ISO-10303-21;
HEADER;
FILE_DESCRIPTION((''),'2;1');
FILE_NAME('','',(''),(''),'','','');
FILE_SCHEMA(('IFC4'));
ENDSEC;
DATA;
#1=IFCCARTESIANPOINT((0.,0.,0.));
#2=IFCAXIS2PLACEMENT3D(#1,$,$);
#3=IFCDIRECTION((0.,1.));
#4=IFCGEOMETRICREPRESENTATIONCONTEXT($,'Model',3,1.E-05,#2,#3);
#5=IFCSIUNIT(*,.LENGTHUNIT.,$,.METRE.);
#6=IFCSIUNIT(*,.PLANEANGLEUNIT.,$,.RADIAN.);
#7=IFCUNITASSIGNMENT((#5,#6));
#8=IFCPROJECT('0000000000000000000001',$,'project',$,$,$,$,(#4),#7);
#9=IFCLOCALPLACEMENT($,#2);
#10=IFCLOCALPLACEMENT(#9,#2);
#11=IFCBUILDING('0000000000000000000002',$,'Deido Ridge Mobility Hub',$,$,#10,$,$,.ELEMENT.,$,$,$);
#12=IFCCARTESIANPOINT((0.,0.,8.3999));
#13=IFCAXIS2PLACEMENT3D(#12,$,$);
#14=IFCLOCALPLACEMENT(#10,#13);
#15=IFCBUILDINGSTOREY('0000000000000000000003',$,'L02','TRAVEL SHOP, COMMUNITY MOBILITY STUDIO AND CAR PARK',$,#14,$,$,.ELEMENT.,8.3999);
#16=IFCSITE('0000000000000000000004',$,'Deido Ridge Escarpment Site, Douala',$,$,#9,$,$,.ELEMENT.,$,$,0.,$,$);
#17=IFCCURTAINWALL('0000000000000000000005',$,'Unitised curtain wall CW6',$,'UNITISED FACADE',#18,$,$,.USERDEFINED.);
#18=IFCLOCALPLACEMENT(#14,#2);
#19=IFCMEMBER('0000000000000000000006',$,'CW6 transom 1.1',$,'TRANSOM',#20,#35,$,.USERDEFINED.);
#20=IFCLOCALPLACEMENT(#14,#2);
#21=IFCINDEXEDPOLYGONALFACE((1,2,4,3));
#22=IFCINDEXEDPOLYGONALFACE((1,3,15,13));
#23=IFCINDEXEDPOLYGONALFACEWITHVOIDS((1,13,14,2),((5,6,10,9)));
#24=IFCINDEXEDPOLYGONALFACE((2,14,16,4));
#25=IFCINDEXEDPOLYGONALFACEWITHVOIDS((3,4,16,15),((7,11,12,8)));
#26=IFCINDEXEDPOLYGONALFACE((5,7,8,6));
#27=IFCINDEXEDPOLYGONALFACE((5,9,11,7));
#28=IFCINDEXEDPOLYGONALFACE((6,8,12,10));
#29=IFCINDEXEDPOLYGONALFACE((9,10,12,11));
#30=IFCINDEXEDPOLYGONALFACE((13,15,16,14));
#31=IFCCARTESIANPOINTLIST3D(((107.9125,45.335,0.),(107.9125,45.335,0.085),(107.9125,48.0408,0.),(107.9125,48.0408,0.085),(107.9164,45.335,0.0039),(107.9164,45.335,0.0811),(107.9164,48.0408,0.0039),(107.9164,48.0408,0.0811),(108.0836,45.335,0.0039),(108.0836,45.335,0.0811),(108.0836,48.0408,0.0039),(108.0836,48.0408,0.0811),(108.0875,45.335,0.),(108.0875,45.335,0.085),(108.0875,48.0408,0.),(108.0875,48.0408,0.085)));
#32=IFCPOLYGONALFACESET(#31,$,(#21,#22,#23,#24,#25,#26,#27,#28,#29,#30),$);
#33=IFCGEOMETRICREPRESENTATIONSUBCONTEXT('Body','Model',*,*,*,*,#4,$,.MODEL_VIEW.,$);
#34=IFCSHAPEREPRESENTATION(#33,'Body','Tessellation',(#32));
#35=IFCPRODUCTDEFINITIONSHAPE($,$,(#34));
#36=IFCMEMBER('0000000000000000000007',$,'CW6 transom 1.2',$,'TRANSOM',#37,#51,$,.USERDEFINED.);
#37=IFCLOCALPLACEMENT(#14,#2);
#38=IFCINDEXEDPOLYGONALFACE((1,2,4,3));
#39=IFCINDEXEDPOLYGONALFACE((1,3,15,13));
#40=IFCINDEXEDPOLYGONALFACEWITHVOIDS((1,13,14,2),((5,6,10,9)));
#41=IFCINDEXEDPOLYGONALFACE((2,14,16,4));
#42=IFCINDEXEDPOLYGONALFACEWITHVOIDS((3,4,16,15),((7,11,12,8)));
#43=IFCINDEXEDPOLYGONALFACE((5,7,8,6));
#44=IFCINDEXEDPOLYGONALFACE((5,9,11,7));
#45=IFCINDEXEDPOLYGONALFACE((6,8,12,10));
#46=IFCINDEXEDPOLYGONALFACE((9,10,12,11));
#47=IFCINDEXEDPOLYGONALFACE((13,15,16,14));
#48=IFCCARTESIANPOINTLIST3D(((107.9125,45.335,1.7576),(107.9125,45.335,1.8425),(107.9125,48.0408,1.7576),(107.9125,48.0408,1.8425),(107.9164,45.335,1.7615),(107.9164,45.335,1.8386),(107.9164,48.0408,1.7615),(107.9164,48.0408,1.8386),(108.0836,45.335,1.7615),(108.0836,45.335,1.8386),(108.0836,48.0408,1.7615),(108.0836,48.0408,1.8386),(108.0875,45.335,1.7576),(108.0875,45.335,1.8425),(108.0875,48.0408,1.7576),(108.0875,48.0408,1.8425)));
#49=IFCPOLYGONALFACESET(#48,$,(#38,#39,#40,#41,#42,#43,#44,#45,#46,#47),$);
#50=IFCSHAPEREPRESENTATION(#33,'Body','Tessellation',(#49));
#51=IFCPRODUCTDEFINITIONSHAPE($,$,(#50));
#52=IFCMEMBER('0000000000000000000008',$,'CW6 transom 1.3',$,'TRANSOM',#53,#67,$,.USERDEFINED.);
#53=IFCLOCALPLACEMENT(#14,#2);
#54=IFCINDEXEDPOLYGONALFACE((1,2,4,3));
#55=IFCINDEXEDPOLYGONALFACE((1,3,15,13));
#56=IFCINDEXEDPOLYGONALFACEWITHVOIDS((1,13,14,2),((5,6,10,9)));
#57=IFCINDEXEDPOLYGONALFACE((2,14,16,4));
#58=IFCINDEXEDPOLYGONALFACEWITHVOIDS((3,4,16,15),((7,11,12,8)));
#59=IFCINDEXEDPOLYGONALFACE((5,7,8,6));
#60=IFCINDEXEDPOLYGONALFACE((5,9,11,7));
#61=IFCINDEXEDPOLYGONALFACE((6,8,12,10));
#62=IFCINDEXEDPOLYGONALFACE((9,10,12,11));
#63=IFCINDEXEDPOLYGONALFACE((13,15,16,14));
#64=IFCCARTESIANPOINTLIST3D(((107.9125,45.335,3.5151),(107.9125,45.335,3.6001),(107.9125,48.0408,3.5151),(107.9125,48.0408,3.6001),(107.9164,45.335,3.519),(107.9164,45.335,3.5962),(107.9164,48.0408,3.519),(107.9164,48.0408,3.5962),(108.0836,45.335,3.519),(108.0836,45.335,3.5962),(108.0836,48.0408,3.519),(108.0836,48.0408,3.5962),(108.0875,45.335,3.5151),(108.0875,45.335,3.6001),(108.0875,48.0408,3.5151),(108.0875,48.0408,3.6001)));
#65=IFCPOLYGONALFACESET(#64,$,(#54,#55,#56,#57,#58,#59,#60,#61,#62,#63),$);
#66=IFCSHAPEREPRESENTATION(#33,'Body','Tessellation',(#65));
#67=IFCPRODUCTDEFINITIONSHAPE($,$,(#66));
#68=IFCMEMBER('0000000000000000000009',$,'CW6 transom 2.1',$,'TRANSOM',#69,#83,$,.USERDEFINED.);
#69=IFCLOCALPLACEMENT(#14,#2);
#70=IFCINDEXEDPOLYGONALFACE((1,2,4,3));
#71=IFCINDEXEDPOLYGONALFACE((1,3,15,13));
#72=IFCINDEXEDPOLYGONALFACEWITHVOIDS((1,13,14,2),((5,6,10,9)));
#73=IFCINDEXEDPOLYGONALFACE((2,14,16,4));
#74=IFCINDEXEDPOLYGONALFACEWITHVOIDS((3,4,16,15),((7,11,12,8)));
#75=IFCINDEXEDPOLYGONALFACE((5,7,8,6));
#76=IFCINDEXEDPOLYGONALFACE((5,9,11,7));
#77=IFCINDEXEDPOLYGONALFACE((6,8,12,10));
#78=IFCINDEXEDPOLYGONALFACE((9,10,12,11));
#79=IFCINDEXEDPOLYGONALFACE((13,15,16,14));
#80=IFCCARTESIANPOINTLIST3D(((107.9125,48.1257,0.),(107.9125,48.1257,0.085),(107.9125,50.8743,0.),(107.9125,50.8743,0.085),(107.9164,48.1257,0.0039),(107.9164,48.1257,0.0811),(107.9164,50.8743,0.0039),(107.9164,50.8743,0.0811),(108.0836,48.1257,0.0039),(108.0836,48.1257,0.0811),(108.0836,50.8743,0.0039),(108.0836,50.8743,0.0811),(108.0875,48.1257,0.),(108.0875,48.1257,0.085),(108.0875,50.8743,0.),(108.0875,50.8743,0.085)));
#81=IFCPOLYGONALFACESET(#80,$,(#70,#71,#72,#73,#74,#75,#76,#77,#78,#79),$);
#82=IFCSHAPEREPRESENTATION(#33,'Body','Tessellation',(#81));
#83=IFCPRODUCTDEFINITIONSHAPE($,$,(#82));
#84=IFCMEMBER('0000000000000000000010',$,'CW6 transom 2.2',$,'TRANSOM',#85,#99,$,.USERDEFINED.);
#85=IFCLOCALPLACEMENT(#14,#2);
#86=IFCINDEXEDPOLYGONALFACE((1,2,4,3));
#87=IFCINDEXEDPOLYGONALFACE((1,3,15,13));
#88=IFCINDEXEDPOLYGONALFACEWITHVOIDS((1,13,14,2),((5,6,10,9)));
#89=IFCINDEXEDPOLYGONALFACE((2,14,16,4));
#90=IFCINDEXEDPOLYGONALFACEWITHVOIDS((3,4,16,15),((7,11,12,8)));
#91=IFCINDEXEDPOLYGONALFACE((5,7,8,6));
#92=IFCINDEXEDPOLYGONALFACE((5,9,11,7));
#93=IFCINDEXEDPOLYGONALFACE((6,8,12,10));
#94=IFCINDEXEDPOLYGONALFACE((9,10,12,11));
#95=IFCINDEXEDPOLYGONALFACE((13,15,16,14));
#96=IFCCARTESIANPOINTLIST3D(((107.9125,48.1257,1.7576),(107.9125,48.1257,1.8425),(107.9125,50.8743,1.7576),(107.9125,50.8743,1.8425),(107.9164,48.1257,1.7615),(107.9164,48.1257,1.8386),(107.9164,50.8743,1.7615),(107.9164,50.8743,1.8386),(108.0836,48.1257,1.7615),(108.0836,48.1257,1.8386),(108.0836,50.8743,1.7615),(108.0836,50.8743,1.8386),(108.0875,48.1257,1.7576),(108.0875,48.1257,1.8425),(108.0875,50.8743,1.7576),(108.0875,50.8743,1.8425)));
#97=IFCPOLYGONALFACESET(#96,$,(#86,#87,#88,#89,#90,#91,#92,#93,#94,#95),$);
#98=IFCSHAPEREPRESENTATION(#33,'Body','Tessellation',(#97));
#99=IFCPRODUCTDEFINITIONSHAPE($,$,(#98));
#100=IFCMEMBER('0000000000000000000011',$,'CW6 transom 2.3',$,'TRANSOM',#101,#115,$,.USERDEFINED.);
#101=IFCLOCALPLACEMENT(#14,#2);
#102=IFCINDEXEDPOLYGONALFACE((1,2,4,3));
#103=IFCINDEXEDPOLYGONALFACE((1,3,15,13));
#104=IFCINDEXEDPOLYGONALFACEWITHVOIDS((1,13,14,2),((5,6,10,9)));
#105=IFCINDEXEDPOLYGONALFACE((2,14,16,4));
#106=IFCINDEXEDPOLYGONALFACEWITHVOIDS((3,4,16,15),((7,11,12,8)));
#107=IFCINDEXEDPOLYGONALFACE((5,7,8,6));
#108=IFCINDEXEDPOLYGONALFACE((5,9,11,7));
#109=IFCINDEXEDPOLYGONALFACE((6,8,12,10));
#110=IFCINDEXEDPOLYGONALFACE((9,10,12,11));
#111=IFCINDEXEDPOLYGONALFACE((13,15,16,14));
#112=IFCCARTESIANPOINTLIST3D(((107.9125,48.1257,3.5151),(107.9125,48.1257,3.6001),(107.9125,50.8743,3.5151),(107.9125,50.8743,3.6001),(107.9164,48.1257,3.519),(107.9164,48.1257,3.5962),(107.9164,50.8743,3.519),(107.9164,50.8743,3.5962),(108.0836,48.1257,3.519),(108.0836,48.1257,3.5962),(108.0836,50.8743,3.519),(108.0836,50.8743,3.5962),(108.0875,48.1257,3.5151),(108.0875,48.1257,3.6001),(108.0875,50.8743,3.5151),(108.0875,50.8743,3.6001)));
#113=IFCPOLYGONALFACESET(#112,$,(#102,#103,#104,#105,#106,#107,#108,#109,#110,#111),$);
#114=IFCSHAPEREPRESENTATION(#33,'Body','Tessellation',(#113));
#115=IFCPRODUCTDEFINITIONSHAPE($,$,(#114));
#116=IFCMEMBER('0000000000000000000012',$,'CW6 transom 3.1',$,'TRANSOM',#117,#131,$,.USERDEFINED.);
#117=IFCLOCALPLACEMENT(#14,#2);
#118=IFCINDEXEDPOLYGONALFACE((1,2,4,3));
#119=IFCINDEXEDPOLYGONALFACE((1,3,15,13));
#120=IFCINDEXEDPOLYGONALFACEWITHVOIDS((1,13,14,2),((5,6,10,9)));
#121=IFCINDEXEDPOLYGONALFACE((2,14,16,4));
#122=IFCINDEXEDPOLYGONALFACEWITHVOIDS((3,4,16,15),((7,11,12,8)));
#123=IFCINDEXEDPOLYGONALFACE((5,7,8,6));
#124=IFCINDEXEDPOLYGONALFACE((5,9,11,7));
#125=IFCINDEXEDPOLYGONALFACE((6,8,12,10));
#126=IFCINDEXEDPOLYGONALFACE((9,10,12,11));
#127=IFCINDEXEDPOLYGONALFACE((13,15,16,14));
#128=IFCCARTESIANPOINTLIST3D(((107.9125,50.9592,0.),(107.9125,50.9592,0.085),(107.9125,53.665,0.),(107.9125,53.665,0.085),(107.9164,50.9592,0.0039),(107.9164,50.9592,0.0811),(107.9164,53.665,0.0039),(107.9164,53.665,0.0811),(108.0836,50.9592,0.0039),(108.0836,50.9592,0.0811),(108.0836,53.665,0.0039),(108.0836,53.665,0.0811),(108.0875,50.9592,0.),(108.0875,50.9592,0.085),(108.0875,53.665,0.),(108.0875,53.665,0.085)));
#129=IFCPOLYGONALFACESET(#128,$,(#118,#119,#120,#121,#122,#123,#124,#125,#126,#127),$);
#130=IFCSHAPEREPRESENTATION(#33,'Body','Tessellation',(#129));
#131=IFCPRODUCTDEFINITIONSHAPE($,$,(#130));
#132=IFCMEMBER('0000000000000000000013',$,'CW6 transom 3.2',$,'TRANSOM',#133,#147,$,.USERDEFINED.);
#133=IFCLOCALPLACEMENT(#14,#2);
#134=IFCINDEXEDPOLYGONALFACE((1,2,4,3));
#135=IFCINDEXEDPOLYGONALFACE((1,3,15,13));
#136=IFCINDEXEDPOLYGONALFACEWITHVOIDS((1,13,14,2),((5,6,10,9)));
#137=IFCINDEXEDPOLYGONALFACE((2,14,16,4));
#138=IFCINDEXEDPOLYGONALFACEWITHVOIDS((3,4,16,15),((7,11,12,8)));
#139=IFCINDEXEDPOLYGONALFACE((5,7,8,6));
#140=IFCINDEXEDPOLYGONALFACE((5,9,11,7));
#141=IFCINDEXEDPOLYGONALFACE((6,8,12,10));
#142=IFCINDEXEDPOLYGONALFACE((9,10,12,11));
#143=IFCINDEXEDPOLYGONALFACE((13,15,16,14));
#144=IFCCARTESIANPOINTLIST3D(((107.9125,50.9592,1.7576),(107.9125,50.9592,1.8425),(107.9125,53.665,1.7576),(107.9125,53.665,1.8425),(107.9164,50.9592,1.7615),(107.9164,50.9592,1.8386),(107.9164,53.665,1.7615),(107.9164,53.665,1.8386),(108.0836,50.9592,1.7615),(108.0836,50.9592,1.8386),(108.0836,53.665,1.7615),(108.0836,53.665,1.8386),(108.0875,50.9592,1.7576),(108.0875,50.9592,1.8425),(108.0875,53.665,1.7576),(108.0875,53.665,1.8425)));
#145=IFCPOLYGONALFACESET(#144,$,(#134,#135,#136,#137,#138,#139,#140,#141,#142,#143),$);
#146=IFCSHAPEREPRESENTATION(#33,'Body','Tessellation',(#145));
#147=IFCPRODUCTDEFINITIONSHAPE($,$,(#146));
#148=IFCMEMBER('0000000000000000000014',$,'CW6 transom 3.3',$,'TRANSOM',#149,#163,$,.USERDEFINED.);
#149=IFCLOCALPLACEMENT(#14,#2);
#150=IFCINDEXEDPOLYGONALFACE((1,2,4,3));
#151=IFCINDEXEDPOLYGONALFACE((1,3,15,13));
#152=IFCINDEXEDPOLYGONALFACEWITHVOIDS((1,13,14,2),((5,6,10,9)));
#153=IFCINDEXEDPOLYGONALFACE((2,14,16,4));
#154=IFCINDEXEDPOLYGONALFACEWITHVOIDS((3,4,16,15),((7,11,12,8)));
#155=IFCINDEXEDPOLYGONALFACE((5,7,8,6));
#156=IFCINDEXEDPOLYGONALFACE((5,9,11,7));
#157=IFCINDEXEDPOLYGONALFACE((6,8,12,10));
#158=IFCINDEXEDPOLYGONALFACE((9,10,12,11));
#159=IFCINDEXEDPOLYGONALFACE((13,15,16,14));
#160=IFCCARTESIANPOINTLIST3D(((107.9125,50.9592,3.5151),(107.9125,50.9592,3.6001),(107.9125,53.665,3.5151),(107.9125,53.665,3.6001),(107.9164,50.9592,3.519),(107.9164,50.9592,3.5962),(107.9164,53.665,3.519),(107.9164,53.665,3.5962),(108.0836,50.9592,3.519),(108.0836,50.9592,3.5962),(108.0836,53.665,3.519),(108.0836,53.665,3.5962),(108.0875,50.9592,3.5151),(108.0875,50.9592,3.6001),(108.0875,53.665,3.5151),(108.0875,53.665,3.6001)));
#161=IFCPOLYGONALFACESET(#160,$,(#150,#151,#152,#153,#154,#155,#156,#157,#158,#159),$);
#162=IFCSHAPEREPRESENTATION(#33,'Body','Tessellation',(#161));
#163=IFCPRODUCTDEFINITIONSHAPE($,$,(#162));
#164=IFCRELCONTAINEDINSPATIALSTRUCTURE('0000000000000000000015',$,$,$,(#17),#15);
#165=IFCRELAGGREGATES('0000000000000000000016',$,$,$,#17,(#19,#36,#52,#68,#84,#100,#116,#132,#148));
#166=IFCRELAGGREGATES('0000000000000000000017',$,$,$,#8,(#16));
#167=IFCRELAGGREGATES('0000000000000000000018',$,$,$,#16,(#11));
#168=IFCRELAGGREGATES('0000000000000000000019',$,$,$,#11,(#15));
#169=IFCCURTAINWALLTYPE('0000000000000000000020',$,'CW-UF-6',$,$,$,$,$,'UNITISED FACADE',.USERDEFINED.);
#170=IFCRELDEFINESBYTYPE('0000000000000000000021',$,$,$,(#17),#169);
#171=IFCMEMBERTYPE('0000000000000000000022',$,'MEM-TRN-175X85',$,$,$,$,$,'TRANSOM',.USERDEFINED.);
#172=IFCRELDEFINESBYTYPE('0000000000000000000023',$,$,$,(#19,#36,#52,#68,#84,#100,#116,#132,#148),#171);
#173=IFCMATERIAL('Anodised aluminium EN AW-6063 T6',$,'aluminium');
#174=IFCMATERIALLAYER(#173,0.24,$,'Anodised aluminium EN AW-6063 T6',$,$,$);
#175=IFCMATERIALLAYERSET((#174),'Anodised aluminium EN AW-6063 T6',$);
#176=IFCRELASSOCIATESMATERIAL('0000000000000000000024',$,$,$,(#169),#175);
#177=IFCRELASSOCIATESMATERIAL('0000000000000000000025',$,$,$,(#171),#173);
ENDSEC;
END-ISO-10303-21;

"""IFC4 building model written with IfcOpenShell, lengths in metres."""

from ifc_helpers import new_model, si_unit, direction, frame, origin, origin_2d, place, context, subcontext, project, spatial, hollow_rectangle, extrude, material, layer, layer_set, material_profile, profile_set, type_object, element, aggregate, save


model = new_model("IFC4")

# Units and contexts
model_context = context("Model", 3, precision=1e-05, world=origin(), true_north=direction((0.0, 1.0)))
body_context = subcontext(model_context, "Body", "Model", "MODEL_VIEW")
ifc_project = project(units=[si_unit("LENGTHUNIT", "METRE"), si_unit("PLANEANGLEUNIT", "RADIAN")], contexts=[model_context])

# Site, building, storey
site_placement = place(None, origin())
site = spatial("IfcSite", under=ifc_project, at=site_placement, Name="Deido Ridge Escarpment Site, Douala", CompositionType="ELEMENT", RefElevation=0.0)
building_placement = place(site_placement, origin())
building = spatial("IfcBuilding", under=site, at=building_placement, Name="Deido Ridge Mobility Hub", CompositionType="ELEMENT")
storey_placement = place(building_placement, frame((0.0, 0.0, 8.3999)))
storey = spatial("IfcBuildingStorey", under=building, at=storey_placement, Name="L02", Description="TRAVEL SHOP, COMMUNITY MOBILITY STUDIO AND CAR PARK", CompositionType="ELEMENT", Elevation=8.3999)

# Curtain wall
ifc_material_1 = material(Name="Anodised aluminium EN AW-6063 T6", Category="aluminium")
ifc_layer_1 = layer(ifc_material_1, 0.24, Name="Anodised aluminium EN AW-6063 T6")
ifc_layer_set_1 = layer_set([ifc_layer_1], Name="Anodised aluminium EN AW-6063 T6")
curtain_wall_type_1 = type_object("IfcCurtainWallType", Name="CW-UF-6", ElementType="UNITISED FACADE", PredefinedType="USERDEFINED", material=ifc_layer_set_1)
curtain_wall_1_placement = place(storey_placement, origin())
curtain_wall_1 = element("IfcCurtainWall", 1, at=curtain_wall_1_placement, inside=storey, type_object=curtain_wall_type_1, Name="Unitised curtain wall CW6", ObjectType="UNITISED FACADE", PredefinedType="USERDEFINED")

# Members
ifc_material_profile_1 = material_profile(ifc_material_1, hollow_rectangle(XDim=0.175, YDim=0.085, WallThickness=0.0039, at=origin_2d()), Name="RHS 175x85x4")
ifc_profile_set_1 = profile_set([ifc_material_profile_1], Name="Anodised aluminium EN AW-6063 T6")
member_type_1 = type_object("IfcMemberType", Name="MEM-TRN-175X85", ElementType="TRANSOM", PredefinedType="USERDEFINED", material=ifc_profile_set_1)
member_1_placement = place(storey_placement, frame((108.0, 45.335, 0.0425), z_axis=(0.0, 1.0, 0.0), x_axis=(-1.0, 0.0, 0.0)))
member_1 = element("IfcMember", 2, at=member_1_placement, type_object=member_type_1, Name="CW6 transom 1.1", ObjectType="TRANSOM", PredefinedType="USERDEFINED", context=body_context, shape_type="SweptSolid", body=[
    extrude(hollow_rectangle(XDim=0.175, YDim=0.085, WallThickness=0.0039, at=origin_2d()), origin(), (0.0, 0.0, 1.0), 2.7058),
])
member_2_placement = place(storey_placement, frame((108.0, 45.335, 1.8), z_axis=(0.0, 1.0, 0.0), x_axis=(-1.0, 0.0, 0.0)))
member_2 = element("IfcMember", 3, at=member_2_placement, type_object=member_type_1, Name="CW6 transom 1.2", ObjectType="TRANSOM", PredefinedType="USERDEFINED", context=body_context, shape_type="SweptSolid", body=[
    extrude(hollow_rectangle(XDim=0.175, YDim=0.085, WallThickness=0.0039, at=origin_2d()), origin(), (0.0, 0.0, 1.0), 2.7058),
])
member_3_placement = place(storey_placement, frame((108.0, 45.335, 3.5576), z_axis=(0.0, 1.0, 0.0), x_axis=(-1.0, 0.0, 0.0)))
member_3 = element("IfcMember", 4, at=member_3_placement, type_object=member_type_1, Name="CW6 transom 1.3", ObjectType="TRANSOM", PredefinedType="USERDEFINED", context=body_context, shape_type="SweptSolid", body=[
    extrude(hollow_rectangle(XDim=0.175, YDim=0.085, WallThickness=0.0039, at=origin_2d()), origin(), (0.0, 0.0, 1.0), 2.7058),
])
member_4_placement = place(storey_placement, frame((108.0, 48.1257, 0.0425), z_axis=(0.0, 1.0, 0.0), x_axis=(-1.0, 0.0, 0.0)))
member_4 = element("IfcMember", 5, at=member_4_placement, type_object=member_type_1, Name="CW6 transom 2.1", ObjectType="TRANSOM", PredefinedType="USERDEFINED", context=body_context, shape_type="SweptSolid", body=[
    extrude(hollow_rectangle(XDim=0.175, YDim=0.085, WallThickness=0.0039, at=origin_2d()), origin(), (0.0, 0.0, 1.0), 2.7485),
])
member_5_placement = place(storey_placement, frame((108.0, 48.1257, 1.8), z_axis=(0.0, 1.0, 0.0), x_axis=(-1.0, 0.0, 0.0)))
member_5 = element("IfcMember", 6, at=member_5_placement, type_object=member_type_1, Name="CW6 transom 2.2", ObjectType="TRANSOM", PredefinedType="USERDEFINED", context=body_context, shape_type="SweptSolid", body=[
    extrude(hollow_rectangle(XDim=0.175, YDim=0.085, WallThickness=0.0039, at=origin_2d()), origin(), (0.0, 0.0, 1.0), 2.7485),
])
member_6_placement = place(storey_placement, frame((108.0, 48.1257, 3.5576), z_axis=(0.0, 1.0, 0.0), x_axis=(-1.0, 0.0, 0.0)))
member_6 = element("IfcMember", 7, at=member_6_placement, type_object=member_type_1, Name="CW6 transom 2.3", ObjectType="TRANSOM", PredefinedType="USERDEFINED", context=body_context, shape_type="SweptSolid", body=[
    extrude(hollow_rectangle(XDim=0.175, YDim=0.085, WallThickness=0.0039, at=origin_2d()), origin(), (0.0, 0.0, 1.0), 2.7485),
])
member_7_placement = place(storey_placement, frame((108.0, 50.9592, 0.0425), z_axis=(0.0, 1.0, 0.0), x_axis=(-1.0, 0.0, 0.0)))
member_7 = element("IfcMember", 8, at=member_7_placement, type_object=member_type_1, Name="CW6 transom 3.1", ObjectType="TRANSOM", PredefinedType="USERDEFINED", context=body_context, shape_type="SweptSolid", body=[
    extrude(hollow_rectangle(XDim=0.175, YDim=0.085, WallThickness=0.0039, at=origin_2d()), origin(), (0.0, 0.0, 1.0), 2.7058),
])
member_8_placement = place(storey_placement, frame((108.0, 50.9592, 1.8), z_axis=(0.0, 1.0, 0.0), x_axis=(-1.0, 0.0, 0.0)))
member_8 = element("IfcMember", 9, at=member_8_placement, type_object=member_type_1, Name="CW6 transom 3.2", ObjectType="TRANSOM", PredefinedType="USERDEFINED", context=body_context, shape_type="SweptSolid", body=[
    extrude(hollow_rectangle(XDim=0.175, YDim=0.085, WallThickness=0.0039, at=origin_2d()), origin(), (0.0, 0.0, 1.0), 2.7058),
])
member_9_placement = place(storey_placement, frame((108.0, 50.9592, 3.5576), z_axis=(0.0, 1.0, 0.0), x_axis=(-1.0, 0.0, 0.0)))
member_9 = element("IfcMember", 10, at=member_9_placement, type_object=member_type_1, Name="CW6 transom 3.3", ObjectType="TRANSOM", PredefinedType="USERDEFINED", context=body_context, shape_type="SweptSolid", body=[
    extrude(hollow_rectangle(XDim=0.175, YDim=0.085, WallThickness=0.0039, at=origin_2d()), origin(), (0.0, 0.0, 1.0), 2.7058),
])

aggregate(curtain_wall_1, [member_1, member_2, member_3, member_4, member_5, member_6, member_7, member_8, member_9])

save(model, "model.ifc")
